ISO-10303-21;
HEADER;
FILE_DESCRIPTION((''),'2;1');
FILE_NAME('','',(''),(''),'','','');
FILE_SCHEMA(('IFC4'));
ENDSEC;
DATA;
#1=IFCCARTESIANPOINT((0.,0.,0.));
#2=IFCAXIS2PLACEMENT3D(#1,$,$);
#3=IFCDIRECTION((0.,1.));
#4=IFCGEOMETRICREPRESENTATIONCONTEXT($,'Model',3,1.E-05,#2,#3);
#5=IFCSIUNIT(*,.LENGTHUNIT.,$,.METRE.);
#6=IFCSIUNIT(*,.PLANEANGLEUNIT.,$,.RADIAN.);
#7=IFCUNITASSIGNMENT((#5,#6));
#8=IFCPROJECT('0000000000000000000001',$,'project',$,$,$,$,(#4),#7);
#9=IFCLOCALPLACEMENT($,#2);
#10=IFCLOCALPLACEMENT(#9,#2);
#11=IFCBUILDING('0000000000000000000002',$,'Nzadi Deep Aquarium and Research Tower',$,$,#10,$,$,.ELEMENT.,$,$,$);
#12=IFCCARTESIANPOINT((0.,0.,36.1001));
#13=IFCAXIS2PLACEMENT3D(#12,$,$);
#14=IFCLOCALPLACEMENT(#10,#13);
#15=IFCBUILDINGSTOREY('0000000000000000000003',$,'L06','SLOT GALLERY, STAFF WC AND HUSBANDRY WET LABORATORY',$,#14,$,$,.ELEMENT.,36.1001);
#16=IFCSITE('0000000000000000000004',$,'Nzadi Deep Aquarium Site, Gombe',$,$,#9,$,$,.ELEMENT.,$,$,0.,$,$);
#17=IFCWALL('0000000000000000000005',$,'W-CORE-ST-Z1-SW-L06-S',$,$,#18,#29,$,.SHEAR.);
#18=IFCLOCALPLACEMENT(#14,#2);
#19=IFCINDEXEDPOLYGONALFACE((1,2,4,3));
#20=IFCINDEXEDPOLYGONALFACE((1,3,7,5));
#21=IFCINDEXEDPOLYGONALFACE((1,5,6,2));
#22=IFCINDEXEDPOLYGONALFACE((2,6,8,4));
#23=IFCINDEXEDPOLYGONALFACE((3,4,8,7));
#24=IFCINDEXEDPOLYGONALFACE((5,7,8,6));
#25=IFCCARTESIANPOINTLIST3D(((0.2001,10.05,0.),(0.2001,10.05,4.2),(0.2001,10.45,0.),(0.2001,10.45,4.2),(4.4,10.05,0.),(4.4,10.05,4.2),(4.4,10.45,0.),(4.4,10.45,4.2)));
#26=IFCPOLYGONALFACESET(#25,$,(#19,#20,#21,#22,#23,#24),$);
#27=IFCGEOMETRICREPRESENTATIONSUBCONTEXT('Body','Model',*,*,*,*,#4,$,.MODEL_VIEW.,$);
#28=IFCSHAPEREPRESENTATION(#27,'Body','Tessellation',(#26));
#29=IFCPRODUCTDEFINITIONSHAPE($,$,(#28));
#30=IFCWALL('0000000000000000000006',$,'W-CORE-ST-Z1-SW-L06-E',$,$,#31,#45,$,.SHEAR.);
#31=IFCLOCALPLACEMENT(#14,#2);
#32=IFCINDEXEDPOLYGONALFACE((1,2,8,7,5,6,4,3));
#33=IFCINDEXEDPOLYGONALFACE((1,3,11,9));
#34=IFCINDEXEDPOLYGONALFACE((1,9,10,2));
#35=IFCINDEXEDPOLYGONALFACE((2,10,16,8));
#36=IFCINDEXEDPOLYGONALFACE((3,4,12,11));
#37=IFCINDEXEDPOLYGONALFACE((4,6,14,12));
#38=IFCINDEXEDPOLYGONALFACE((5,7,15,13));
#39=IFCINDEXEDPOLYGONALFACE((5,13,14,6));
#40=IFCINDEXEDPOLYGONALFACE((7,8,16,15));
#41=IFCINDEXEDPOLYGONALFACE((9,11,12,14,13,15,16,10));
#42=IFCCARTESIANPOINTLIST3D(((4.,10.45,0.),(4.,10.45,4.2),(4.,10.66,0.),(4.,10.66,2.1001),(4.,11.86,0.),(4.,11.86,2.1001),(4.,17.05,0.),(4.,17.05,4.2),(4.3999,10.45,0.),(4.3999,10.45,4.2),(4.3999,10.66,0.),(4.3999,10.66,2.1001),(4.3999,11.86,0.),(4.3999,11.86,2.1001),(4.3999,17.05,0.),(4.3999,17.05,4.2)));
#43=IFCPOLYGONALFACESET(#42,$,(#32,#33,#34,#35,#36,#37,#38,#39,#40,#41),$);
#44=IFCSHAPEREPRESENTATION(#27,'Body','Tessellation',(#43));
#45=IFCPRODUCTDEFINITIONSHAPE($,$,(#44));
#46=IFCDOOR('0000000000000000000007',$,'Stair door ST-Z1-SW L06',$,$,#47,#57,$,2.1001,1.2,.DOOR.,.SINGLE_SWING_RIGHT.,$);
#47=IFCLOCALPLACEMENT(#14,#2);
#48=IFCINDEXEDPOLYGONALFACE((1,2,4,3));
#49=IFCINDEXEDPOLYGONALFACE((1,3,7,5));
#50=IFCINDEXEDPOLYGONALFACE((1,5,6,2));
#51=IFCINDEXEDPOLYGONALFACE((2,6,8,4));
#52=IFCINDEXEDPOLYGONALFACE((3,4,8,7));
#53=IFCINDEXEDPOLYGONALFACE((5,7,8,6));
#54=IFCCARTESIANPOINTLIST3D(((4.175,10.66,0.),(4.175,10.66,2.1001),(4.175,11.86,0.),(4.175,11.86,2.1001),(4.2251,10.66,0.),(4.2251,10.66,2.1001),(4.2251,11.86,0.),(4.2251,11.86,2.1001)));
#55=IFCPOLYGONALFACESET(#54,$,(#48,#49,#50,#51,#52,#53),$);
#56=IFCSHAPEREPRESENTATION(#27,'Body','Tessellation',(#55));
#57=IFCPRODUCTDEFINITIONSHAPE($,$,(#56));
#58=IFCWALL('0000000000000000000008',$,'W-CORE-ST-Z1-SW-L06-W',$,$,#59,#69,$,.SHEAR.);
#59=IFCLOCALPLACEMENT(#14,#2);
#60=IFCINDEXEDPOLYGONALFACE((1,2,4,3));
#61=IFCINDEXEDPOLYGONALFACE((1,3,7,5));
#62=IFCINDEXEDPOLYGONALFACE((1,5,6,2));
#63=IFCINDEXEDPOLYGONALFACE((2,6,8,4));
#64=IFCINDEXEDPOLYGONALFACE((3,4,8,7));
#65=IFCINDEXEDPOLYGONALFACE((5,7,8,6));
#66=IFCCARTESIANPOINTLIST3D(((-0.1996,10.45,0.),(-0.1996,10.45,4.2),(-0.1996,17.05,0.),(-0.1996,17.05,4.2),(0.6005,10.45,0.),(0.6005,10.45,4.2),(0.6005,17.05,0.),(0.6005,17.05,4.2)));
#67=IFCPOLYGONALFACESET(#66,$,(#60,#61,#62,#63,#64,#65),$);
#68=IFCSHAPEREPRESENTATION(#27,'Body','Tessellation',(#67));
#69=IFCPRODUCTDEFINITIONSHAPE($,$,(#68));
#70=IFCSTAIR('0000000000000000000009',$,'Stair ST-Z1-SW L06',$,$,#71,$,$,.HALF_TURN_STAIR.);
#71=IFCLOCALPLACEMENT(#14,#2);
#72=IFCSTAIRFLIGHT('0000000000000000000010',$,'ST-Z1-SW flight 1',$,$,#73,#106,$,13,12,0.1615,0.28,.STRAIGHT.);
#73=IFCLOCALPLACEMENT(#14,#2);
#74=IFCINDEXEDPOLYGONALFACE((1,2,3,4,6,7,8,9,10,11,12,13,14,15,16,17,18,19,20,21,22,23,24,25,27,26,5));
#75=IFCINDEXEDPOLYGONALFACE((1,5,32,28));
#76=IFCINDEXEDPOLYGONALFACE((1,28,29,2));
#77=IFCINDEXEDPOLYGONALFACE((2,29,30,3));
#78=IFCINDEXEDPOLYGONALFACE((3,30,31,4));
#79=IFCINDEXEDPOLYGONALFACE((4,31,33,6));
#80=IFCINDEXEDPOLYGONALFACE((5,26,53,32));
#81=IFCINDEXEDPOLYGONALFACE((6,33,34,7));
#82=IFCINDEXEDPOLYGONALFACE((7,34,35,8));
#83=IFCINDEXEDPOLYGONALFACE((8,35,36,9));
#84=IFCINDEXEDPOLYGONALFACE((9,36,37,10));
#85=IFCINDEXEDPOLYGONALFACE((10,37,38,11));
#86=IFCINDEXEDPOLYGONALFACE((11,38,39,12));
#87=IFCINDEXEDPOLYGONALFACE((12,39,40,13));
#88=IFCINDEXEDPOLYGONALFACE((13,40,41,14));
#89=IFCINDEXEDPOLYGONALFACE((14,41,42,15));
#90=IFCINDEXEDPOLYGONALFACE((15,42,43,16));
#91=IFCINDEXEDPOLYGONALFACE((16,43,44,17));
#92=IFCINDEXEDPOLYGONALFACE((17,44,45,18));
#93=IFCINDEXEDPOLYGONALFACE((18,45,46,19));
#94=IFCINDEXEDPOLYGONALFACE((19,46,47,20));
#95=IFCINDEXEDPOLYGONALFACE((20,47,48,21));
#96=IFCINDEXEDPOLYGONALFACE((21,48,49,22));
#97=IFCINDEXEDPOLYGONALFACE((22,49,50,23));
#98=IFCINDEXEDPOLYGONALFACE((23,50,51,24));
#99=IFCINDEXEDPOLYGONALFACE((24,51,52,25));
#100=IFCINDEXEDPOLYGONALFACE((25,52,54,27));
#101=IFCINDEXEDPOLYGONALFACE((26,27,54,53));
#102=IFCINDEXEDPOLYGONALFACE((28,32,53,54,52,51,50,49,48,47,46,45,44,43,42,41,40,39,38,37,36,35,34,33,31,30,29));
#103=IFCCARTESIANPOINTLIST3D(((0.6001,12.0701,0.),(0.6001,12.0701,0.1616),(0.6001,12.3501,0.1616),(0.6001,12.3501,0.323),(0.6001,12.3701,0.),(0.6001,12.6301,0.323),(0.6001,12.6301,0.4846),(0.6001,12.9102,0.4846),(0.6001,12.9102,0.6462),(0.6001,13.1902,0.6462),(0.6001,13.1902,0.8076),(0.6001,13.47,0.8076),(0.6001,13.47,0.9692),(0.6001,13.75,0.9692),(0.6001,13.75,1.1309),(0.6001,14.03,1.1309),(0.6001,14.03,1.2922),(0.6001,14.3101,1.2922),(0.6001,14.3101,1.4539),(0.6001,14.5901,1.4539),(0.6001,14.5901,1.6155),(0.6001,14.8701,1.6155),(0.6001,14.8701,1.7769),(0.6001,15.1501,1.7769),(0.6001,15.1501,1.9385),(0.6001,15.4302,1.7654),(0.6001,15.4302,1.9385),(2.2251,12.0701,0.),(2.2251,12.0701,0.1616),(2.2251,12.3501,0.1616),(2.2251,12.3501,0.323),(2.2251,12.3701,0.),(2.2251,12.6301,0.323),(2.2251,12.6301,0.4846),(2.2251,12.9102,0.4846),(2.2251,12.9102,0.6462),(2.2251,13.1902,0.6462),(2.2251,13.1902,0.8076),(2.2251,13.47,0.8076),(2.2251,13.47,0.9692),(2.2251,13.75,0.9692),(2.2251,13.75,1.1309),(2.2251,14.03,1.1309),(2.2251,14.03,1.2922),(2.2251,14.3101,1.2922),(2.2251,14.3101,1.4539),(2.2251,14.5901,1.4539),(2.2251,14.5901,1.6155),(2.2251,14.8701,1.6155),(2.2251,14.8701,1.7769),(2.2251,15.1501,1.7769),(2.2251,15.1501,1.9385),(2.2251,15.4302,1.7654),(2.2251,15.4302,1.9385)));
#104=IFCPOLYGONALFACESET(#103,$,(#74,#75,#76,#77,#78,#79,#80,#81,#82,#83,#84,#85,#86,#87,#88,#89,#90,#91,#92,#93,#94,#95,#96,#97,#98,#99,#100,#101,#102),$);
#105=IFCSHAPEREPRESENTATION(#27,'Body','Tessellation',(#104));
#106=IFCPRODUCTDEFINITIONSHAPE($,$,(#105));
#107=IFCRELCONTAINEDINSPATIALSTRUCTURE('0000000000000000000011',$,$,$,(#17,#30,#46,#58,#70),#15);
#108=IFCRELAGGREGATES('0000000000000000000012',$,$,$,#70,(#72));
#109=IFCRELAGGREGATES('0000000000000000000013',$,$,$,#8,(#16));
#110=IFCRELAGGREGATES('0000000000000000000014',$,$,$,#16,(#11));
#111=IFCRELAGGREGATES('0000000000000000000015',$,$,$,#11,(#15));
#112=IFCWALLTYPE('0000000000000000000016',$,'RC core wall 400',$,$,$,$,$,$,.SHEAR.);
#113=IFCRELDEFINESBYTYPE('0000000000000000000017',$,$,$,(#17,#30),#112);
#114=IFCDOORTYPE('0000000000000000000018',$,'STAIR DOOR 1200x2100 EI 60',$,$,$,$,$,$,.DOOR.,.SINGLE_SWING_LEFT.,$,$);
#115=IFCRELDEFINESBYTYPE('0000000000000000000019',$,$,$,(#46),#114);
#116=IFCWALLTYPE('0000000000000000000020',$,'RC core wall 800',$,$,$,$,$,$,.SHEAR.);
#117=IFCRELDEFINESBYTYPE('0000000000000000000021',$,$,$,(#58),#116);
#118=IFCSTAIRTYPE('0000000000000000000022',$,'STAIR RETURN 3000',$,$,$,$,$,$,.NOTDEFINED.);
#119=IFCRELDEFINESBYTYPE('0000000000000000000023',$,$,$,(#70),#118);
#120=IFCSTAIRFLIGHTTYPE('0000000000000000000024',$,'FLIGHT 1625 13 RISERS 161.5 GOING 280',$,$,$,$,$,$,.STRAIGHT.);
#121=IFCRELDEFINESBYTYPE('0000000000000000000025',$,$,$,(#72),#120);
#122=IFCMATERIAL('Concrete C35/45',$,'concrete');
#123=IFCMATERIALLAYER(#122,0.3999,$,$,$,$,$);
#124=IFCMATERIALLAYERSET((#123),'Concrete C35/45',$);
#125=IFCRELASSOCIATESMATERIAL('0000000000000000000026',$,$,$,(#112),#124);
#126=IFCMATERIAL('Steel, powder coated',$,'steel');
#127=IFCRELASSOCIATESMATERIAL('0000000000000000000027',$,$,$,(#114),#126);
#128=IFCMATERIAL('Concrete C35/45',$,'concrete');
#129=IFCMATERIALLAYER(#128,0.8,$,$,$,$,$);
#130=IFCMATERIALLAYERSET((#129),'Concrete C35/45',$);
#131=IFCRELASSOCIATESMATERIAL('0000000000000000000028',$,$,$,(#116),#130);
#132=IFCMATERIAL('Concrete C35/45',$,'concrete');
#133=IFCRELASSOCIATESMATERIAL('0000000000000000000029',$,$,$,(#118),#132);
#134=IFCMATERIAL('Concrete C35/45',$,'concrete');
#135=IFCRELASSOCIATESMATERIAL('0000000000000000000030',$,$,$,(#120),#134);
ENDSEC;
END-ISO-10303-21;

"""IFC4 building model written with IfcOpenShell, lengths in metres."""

from ifc_helpers import new_model, si_unit, direction, frame, frame_2d, origin, place, context, subcontext, project, spatial, polyline, rectangle, outline, extrude, material, layer, layer_set, type_object, element, fill, aggregate, save


model = new_model("IFC4")

# Units and contexts
model_context = context("Model", 3, precision=1e-05, world=origin(), true_north=direction((0.0, 1.0)))
body_context = subcontext(model_context, "Body", "Model", "MODEL_VIEW")
ifc_project = project(units=[si_unit("LENGTHUNIT", "METRE"), si_unit("PLANEANGLEUNIT", "RADIAN")], contexts=[model_context])

# Site, building, storey
site_placement = place(None, origin())
site = spatial("IfcSite", under=ifc_project, at=site_placement, Name="Nzadi Deep Aquarium Site, Gombe", CompositionType="ELEMENT", RefElevation=0.0)
building_placement = place(site_placement, origin())
building = spatial("IfcBuilding", under=site, at=building_placement, Name="Nzadi Deep Aquarium and Research Tower", CompositionType="ELEMENT")
storey_placement = place(building_placement, frame((0.0, 0.0, 36.1001)))
storey = spatial("IfcBuildingStorey", under=building, at=storey_placement, Name="L06", Description="SLOT GALLERY, STAFF WC AND HUSBANDRY WET LABORATORY", CompositionType="ELEMENT", Elevation=36.1001)

# Wall
ifc_material_1 = material(Name="Concrete C35/45", Category="concrete")
ifc_layer_1 = layer(ifc_material_1, 0.3999)
ifc_layer_set_1 = layer_set([ifc_layer_1], Name="Concrete C35/45")
wall_type_1 = type_object("IfcWallType", Name="RC core wall 400", PredefinedType="SHEAR", material=ifc_layer_set_1)
wall_1_placement = place(storey_placement, frame((0.2, 10.25, 0.0), z_axis=(0.0, 0.0, 1.0), x_axis=(1.0, 0.0, 0.0)))
element("IfcWall", 1, at=wall_1_placement, inside=storey, type_object=wall_type_1, Name="W-CORE-ST-Z1-SW-L06-S", PredefinedType="SHEAR", context=body_context, shape_type="SweptSolid", body=[
    extrude(rectangle(XDim=4.2, YDim=0.3999, at=frame_2d((2.1001, 0.0))), origin(), (0.0, 0.0, 1.0), 4.2),
])

# Wall, opening, door
wall_2_placement = place(storey_placement, frame((4.2, 10.45, 0.0), z_axis=(0.0, 0.0, 1.0), x_axis=(0.0, 1.0, 0.0)))
wall_2 = element("IfcWall", 2, at=wall_2_placement, inside=storey, type_object=wall_type_1, Name="W-CORE-ST-Z1-SW-L06-E", PredefinedType="SHEAR", context=body_context, shape_type="SweptSolid", body=[
    extrude(rectangle(XDim=6.6001, YDim=0.3999, at=frame_2d((3.3, 0.0))), origin(), (0.0, 0.0, 1.0), 4.2),
])
opening_1_placement = place(wall_2_placement, frame((0.21, 0.0, 0.0)))
opening_1 = element("IfcOpeningElement", 3, at=opening_1_placement, cuts=wall_2, PredefinedType="OPENING", context=body_context, shape_type="SweptSolid", body=[
    extrude(rectangle(XDim=1.2, YDim=2.1001, at=frame_2d((0.6001, 1.05))), frame((0.0, 0.21, 0.0), z_axis=(0.0, -1.0, 0.0), x_axis=(1.0, 0.0, 0.0)), (0.0, 0.0, 1.0), 0.4199),
])
ifc_material_2 = material(Name="Steel, powder coated", Category="steel")
door_type_1 = type_object("IfcDoorType", Name="STAIR DOOR 1200x2100 EI 60", OperationType="SINGLE_SWING_LEFT", PredefinedType="DOOR", material=ifc_material_2)
door_1_placement = place(opening_1_placement, origin())
door_1 = element("IfcDoor", 4, at=door_1_placement, inside=storey, type_object=door_type_1, Name="Stair door ST-Z1-SW L06", OperationType="SINGLE_SWING_RIGHT", OverallHeight=2.1001, OverallWidth=1.2, PredefinedType="DOOR", context=body_context, shape_type="SweptSolid", body=[
    extrude(rectangle(XDim=1.2, YDim=2.1001, at=frame_2d((0.6001, 1.05))), frame((0.0, 0.0249, 0.0), z_axis=(0.0, -1.0, 0.0), x_axis=(1.0, 0.0, 0.0)), (0.0, 0.0, 1.0), 0.05),
])
fill(opening_1, door_1)

# Wall
ifc_material_3 = material(Name="Concrete C35/45", Category="concrete")
ifc_layer_2 = layer(ifc_material_3, 0.8)
ifc_layer_set_2 = layer_set([ifc_layer_2], Name="Concrete C35/45")
wall_type_2 = type_object("IfcWallType", Name="RC core wall 800", PredefinedType="SHEAR", material=ifc_layer_set_2)
wall_3_placement = place(storey_placement, frame((0.2004, 10.45, 0.0), z_axis=(0.0, 0.0, 1.0), x_axis=(0.0, 1.0, 0.0)))
element("IfcWall", 5, at=wall_3_placement, inside=storey, type_object=wall_type_2, Name="W-CORE-ST-Z1-SW-L06-W", PredefinedType="SHEAR", context=body_context, shape_type="SweptSolid", body=[
    extrude(rectangle(XDim=6.6001, YDim=0.8, at=frame_2d((3.3, 0.0))), origin(), (0.0, 0.0, 1.0), 4.2),
])

# Stair, stair flight
ifc_material_4 = material(Name="Concrete C35/45", Category="concrete")
stair_type = type_object("IfcStairType", Name="STAIR RETURN 3000", PredefinedType="NOTDEFINED", material=ifc_material_4)
stair_placement = place(storey_placement, origin())
stair = element("IfcStair", 6, at=stair_placement, inside=storey, type_object=stair_type, Name="Stair ST-Z1-SW L06", PredefinedType="HALF_TURN_STAIR")
ifc_material_5 = material(Name="Concrete C35/45", Category="concrete")
stair_flight_type = type_object("IfcStairFlightType", Name="FLIGHT 1625 13 RISERS 161.5 GOING 280", PredefinedType="STRAIGHT", material=ifc_material_5)
stair_flight_placement = place(storey_placement, frame((1.4126, 12.0701, 0.0), z_axis=(0.0, 0.0, 1.0), x_axis=(0.0, 1.0, 0.0)))
stair_flight = element("IfcStairFlight", 7, at=stair_flight_placement, type_object=stair_flight_type, Name="ST-Z1-SW flight 1", NumberOfRisers=13, NumberOfTreads=12, PredefinedType="STRAIGHT", RiserHeight=0.1615, TreadLength=0.28, context=body_context, shape_type="SweptSolid", body=[
    extrude(outline(polyline([(0.0, 0.0), (0.0, 0.1616), (0.28, 0.1616), (0.28, 0.323), (0.5601, 0.323), (0.5601, 0.4846), (0.8401, 0.4846), (0.8401, 0.6462), (1.1201, 0.6462), (1.1201, 0.8076), (1.3999, 0.8076), (1.3999, 0.9692), (1.6799, 0.9692), (1.6799, 1.1309), (1.96, 1.1309), (1.96, 1.2922), (2.24, 1.2922), (2.24, 1.4539), (2.52, 1.4539), (2.52, 1.6155), (2.8, 1.6155), (2.8, 1.7769), (3.0801, 1.7769), (3.0801, 1.9385), (3.3601, 1.9385), (3.3601, 2.1001), (3.3601, 1.7654), (0.3, 0.0), (0.0, 0.0)])), frame((0.0, 0.8125, 0.0), z_axis=(0.0, -1.0, 0.0), x_axis=(1.0, 0.0, 0.0)), (0.0, 0.0, 1.0), 1.625),
])
aggregate(stair, [stair_flight])

save(model, "model.ifc")
